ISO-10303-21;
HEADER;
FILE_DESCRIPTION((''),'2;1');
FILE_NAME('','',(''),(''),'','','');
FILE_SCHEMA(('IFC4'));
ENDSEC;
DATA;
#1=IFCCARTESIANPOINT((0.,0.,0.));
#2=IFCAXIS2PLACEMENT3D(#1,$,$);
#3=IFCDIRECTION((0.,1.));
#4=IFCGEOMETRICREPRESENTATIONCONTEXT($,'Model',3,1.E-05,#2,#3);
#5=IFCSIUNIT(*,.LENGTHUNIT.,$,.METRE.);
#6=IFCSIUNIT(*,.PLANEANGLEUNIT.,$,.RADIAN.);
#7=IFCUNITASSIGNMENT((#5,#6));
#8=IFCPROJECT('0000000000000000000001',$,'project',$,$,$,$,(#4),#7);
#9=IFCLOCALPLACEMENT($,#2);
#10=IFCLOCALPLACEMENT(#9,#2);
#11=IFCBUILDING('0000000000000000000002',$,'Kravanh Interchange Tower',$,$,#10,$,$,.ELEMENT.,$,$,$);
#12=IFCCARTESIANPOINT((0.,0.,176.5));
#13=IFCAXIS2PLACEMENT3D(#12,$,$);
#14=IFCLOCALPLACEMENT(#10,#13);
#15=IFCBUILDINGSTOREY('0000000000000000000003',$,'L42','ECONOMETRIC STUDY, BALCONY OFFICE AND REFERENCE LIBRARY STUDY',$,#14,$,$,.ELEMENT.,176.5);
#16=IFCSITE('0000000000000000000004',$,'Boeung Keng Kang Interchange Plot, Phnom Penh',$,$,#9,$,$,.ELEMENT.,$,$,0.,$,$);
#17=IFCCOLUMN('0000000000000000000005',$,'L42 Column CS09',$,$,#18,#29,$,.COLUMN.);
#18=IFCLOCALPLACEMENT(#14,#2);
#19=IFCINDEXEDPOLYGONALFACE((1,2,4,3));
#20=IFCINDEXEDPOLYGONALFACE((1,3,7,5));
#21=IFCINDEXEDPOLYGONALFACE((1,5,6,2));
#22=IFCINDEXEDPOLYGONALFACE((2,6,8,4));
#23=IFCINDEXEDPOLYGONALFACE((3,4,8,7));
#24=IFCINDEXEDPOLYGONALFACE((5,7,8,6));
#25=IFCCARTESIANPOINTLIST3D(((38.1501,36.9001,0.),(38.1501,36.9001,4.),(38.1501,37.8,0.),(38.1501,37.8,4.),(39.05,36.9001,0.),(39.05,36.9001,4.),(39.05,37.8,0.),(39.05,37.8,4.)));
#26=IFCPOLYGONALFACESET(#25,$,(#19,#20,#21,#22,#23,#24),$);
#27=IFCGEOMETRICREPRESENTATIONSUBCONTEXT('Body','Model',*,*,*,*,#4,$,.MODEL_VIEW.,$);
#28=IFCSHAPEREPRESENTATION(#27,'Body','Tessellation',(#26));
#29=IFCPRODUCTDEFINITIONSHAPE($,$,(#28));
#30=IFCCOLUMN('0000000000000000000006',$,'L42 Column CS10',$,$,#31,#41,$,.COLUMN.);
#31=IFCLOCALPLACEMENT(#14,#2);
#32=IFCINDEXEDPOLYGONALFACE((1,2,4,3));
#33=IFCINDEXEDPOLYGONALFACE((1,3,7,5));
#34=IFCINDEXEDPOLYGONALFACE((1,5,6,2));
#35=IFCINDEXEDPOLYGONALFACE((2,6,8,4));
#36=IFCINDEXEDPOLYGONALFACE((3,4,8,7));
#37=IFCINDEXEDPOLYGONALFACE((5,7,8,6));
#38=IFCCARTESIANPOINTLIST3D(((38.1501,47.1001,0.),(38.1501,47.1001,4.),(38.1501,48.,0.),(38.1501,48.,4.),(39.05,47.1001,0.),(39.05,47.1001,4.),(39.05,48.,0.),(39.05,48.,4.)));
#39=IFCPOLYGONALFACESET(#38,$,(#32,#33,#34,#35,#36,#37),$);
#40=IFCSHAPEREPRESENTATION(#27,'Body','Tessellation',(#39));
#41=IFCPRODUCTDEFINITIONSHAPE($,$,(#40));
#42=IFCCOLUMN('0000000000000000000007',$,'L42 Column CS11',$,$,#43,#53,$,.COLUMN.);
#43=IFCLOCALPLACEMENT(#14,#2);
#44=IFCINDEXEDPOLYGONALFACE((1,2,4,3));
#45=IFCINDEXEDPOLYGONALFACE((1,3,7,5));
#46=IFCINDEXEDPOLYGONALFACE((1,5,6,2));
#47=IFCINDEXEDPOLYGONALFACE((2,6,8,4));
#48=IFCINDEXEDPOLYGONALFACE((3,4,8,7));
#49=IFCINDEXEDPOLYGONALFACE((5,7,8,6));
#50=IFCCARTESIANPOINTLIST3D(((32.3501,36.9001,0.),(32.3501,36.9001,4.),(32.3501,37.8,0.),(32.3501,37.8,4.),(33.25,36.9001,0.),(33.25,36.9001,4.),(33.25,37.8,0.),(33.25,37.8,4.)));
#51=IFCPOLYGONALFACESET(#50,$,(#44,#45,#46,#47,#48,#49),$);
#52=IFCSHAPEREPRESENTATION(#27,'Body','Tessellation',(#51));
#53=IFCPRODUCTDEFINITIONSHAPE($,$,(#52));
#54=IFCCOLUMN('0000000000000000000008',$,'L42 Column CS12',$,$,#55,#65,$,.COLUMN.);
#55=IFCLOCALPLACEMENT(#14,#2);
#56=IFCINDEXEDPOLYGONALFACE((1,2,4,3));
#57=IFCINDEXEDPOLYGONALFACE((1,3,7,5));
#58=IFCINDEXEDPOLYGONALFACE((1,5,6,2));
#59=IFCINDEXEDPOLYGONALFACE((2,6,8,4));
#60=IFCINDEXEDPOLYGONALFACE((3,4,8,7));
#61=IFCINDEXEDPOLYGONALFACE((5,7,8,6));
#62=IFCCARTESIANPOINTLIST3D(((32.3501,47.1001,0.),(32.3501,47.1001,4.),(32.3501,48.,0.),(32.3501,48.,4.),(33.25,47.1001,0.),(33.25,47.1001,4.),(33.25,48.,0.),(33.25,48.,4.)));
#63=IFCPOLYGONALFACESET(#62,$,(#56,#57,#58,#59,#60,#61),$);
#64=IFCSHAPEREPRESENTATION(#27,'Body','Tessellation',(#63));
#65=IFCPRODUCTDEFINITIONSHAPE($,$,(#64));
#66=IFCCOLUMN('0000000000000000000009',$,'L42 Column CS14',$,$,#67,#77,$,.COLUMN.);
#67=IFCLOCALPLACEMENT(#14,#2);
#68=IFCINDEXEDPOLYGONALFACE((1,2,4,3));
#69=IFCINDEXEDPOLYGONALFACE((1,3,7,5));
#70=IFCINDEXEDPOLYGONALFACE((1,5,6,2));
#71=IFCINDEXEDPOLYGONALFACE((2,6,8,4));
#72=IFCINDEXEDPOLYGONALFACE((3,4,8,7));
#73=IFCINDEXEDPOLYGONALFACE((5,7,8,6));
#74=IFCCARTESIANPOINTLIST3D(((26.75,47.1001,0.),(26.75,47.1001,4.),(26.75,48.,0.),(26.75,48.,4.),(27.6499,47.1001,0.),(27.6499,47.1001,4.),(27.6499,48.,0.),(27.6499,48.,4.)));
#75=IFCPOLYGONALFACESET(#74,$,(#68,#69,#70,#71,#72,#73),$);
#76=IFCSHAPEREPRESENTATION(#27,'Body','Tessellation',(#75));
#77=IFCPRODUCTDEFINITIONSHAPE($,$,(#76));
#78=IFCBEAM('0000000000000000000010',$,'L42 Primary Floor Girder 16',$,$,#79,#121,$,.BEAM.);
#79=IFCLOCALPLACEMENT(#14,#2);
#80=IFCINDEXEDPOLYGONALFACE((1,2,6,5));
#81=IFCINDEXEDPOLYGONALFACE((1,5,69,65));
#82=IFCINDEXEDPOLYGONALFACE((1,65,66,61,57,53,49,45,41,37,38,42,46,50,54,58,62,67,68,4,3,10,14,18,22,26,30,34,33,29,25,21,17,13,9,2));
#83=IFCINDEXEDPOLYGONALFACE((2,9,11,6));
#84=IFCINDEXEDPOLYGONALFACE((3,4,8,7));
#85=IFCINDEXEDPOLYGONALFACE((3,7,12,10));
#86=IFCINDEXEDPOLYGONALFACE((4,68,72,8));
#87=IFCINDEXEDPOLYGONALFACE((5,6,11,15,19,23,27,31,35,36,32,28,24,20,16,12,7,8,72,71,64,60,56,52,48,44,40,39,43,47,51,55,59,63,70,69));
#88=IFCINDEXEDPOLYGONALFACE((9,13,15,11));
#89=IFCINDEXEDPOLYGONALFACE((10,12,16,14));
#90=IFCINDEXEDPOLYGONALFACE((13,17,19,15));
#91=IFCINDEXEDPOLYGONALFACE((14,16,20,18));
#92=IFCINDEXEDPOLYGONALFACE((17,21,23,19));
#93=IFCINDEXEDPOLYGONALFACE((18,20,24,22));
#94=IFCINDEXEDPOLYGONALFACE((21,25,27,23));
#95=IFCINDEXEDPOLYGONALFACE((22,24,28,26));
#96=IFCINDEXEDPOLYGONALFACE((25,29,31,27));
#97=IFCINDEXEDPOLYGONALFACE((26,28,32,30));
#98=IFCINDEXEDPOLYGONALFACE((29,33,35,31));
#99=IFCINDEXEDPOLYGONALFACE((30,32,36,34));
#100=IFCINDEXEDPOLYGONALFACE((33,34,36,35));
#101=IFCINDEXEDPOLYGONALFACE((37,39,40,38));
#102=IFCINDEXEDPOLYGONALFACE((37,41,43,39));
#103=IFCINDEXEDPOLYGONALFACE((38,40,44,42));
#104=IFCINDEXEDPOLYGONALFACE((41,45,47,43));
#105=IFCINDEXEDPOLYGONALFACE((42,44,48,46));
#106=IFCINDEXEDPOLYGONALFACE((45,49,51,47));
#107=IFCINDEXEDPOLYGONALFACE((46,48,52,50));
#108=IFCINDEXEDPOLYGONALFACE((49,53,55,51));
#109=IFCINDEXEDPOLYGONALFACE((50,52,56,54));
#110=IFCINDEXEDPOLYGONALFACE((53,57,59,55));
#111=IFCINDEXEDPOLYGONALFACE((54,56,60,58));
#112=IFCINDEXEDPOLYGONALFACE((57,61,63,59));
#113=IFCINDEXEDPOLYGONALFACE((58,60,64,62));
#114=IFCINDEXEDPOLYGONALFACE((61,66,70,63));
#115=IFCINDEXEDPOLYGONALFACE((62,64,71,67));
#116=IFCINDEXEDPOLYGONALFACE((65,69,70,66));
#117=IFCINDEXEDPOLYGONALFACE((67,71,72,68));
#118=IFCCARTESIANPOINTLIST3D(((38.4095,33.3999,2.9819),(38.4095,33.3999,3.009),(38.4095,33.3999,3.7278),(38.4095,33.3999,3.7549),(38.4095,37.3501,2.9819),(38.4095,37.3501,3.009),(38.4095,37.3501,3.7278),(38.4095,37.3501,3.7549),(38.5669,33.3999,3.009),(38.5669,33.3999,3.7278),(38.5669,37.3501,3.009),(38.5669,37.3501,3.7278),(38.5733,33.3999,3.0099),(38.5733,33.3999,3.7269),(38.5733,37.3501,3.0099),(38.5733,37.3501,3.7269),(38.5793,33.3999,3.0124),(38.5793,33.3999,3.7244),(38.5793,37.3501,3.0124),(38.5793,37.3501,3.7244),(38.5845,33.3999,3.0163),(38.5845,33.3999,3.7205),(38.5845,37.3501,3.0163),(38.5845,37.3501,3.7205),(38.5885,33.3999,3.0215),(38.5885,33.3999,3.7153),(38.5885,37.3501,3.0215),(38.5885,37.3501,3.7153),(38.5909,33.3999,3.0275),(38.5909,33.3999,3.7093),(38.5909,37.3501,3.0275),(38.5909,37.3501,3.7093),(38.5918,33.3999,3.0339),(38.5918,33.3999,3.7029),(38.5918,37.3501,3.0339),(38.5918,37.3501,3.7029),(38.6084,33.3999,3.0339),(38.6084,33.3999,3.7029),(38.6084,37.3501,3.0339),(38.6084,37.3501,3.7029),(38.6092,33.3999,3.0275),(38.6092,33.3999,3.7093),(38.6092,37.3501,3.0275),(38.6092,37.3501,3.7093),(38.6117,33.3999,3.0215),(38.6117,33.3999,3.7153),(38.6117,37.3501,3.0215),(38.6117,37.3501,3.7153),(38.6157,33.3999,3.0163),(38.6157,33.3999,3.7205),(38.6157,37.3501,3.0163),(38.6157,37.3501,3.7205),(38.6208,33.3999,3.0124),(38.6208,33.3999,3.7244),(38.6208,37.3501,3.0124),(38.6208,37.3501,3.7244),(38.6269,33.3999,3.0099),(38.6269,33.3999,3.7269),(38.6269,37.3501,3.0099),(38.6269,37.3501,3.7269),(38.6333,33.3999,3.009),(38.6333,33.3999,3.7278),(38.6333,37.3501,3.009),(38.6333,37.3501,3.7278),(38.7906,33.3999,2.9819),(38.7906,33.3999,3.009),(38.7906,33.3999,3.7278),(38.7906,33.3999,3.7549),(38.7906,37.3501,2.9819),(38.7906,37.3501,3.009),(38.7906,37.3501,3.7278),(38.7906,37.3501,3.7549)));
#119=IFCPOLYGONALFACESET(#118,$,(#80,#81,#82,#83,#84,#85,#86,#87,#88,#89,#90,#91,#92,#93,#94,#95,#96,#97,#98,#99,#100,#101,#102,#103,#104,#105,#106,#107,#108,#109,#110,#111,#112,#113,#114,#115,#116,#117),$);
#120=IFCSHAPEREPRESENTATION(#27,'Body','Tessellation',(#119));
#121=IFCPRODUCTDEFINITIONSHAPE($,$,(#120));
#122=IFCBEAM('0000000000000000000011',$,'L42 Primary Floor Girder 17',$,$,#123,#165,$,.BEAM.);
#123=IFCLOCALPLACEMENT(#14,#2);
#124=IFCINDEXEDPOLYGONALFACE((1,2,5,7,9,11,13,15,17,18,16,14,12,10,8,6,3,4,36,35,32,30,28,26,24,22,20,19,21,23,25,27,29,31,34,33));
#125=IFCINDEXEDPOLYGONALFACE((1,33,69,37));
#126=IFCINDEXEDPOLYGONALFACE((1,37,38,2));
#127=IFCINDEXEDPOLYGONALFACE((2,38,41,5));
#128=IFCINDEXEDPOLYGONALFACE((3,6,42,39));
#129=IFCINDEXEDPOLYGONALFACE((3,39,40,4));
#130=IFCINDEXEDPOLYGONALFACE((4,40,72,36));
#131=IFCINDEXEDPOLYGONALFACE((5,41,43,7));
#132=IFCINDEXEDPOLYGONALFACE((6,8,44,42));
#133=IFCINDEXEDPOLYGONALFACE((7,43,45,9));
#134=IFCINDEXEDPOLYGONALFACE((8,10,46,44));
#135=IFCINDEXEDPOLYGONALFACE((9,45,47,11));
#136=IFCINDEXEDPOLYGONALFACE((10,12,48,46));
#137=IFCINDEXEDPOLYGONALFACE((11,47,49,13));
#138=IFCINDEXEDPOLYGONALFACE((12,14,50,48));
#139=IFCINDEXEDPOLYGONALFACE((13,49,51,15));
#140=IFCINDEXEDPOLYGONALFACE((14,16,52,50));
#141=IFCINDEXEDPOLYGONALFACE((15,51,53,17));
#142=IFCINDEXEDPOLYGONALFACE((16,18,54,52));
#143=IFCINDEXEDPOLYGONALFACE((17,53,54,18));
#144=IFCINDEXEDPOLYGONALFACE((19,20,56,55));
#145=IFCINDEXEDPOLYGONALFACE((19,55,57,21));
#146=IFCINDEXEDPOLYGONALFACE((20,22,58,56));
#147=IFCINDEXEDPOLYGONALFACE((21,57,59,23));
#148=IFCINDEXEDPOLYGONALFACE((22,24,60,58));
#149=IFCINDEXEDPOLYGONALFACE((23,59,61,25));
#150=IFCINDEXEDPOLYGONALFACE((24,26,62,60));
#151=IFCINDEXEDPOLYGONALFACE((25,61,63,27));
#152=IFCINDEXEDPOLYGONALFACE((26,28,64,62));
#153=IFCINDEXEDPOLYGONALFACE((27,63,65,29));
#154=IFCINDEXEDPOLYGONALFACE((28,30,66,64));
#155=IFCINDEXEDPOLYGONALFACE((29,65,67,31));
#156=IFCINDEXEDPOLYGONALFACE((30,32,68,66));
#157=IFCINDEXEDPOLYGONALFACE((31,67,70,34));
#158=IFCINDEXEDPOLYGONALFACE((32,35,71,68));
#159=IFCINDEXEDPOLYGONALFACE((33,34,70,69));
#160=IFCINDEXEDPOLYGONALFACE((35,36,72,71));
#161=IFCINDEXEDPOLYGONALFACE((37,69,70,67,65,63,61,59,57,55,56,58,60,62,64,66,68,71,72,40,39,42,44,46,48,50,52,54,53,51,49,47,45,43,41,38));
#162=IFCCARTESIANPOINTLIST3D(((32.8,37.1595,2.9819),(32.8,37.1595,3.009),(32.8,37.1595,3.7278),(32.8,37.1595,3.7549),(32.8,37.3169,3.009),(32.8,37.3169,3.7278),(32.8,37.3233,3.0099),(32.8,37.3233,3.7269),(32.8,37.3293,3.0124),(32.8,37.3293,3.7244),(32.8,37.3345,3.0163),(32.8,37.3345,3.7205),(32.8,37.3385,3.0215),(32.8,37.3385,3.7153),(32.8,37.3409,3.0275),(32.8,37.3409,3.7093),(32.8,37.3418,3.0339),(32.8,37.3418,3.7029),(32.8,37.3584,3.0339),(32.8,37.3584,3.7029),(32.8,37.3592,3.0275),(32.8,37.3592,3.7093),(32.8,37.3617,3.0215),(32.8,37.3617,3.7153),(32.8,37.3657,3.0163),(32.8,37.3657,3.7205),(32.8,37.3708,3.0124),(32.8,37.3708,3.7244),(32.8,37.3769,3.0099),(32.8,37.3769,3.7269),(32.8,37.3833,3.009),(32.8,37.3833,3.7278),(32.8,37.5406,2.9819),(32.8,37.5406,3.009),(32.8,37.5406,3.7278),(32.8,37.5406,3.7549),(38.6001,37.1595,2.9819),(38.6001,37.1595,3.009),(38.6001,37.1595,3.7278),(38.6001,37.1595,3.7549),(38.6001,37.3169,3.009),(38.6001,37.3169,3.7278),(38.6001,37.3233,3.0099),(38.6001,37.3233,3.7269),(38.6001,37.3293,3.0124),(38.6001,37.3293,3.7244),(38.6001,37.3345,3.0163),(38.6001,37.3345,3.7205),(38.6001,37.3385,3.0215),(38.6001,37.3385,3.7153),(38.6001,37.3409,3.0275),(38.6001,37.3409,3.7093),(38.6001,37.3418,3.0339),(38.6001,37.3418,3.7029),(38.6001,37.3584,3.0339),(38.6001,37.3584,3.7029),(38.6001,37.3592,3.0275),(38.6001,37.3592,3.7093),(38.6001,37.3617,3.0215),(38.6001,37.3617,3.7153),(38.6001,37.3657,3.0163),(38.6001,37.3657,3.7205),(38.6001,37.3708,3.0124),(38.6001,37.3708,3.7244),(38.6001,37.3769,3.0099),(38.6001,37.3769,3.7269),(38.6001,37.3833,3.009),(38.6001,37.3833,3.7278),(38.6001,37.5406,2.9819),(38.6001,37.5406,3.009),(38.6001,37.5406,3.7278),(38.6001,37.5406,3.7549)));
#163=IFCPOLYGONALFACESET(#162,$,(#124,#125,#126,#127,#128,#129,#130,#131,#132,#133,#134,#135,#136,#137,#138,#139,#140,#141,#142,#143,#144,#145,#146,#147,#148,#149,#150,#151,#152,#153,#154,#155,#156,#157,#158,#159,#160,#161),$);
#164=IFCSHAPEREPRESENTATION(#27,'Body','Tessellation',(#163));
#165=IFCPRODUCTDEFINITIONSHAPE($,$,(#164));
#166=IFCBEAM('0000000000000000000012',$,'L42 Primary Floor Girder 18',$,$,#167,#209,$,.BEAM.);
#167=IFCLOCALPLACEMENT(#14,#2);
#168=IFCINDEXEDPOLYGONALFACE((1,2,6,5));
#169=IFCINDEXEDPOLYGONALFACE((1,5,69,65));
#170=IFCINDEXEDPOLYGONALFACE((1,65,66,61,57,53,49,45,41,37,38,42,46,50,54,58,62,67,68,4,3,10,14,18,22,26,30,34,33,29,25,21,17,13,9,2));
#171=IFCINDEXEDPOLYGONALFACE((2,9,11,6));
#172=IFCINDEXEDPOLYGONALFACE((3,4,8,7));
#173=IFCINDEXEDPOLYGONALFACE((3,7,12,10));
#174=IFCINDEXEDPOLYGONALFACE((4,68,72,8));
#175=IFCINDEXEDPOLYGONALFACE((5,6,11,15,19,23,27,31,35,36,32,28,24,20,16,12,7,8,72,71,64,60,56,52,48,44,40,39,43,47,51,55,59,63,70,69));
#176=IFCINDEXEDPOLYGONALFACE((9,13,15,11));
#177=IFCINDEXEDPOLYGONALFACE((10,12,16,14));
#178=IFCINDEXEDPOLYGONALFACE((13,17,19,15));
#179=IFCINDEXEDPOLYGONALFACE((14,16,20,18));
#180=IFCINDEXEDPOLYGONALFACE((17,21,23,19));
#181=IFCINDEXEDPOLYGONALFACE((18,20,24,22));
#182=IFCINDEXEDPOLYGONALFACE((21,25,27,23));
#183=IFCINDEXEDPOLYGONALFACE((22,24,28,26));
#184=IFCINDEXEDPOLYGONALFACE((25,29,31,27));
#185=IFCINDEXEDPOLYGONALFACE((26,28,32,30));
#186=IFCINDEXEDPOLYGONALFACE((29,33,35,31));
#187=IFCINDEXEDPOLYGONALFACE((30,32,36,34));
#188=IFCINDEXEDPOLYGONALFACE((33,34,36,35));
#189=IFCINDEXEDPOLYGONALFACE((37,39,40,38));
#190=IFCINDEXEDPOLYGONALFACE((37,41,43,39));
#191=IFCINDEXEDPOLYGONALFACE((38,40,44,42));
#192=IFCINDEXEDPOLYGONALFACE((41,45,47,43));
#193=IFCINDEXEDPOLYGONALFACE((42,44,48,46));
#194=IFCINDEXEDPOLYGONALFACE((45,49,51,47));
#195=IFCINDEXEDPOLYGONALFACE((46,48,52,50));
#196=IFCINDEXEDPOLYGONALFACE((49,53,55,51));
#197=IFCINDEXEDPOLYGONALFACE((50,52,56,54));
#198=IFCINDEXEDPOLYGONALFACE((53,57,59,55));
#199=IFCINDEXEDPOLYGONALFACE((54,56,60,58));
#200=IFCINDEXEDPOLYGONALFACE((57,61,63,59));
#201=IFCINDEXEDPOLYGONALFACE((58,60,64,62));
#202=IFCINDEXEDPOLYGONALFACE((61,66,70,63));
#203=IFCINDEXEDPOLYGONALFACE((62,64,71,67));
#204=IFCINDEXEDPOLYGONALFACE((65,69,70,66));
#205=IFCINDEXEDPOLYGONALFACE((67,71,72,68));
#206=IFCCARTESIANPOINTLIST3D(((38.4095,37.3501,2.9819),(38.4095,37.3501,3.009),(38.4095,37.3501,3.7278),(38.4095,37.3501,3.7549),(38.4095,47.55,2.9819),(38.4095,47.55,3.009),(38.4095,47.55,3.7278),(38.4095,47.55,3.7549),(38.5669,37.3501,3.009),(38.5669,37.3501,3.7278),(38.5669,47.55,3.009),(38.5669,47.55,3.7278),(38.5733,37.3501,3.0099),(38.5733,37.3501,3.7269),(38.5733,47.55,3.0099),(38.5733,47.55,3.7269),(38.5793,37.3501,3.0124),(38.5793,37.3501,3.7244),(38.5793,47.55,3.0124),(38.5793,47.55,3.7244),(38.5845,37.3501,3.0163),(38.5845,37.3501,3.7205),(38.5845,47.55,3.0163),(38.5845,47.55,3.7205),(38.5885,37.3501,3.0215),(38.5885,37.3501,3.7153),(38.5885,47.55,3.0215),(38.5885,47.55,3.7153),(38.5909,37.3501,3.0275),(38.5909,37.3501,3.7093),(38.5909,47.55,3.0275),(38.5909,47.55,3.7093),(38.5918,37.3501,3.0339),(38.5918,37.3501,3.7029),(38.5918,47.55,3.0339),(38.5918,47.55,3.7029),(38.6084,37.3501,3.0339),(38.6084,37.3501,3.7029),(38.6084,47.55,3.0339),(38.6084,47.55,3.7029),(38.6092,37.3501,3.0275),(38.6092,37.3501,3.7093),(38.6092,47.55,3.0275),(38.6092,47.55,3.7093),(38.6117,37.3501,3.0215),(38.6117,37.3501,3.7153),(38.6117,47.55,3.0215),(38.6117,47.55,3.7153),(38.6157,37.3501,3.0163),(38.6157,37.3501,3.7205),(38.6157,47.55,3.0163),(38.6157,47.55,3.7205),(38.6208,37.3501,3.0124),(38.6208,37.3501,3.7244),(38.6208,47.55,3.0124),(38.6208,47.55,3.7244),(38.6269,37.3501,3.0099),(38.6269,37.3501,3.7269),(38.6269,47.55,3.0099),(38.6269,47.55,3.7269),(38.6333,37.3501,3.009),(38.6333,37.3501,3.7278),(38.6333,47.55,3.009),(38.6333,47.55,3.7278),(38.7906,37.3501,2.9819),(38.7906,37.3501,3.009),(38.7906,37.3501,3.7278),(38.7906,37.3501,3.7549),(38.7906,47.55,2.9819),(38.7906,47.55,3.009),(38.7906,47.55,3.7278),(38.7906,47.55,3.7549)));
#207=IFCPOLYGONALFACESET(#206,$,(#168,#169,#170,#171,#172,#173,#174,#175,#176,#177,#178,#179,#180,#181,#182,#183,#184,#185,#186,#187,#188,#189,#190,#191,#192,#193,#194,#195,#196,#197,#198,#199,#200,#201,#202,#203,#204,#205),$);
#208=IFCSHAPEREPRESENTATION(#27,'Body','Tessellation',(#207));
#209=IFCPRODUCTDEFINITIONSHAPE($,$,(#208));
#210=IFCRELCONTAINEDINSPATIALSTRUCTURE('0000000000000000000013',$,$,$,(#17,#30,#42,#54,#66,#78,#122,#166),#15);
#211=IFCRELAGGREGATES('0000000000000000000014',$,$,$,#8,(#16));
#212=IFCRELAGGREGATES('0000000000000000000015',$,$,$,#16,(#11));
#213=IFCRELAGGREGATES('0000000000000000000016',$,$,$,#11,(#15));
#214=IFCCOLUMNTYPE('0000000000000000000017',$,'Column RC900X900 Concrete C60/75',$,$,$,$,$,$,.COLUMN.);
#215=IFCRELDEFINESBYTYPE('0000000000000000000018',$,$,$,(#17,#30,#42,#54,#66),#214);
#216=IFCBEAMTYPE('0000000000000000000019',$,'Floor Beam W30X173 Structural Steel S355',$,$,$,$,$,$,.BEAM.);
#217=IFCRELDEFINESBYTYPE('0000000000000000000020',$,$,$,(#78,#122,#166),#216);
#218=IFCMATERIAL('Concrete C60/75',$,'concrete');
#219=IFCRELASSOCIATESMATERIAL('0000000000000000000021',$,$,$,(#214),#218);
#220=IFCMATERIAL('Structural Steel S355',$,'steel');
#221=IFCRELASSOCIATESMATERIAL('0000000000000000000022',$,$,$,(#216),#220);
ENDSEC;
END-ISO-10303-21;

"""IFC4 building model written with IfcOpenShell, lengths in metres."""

from ifc_helpers import new_model, si_unit, direction, frame, origin, origin_2d, place, context, subcontext, project, spatial, rectangle, i_section, extrude, material, material_profile, profile_set, type_object, element, save


model = new_model("IFC4")

# Units and contexts
model_context = context("Model", 3, precision=1e-05, world=origin(), true_north=direction((0.0, 1.0)))
body_context = subcontext(model_context, "Body", "Model", "MODEL_VIEW")
ifc_project = project(units=[si_unit("LENGTHUNIT", "METRE"), si_unit("PLANEANGLEUNIT", "RADIAN")], contexts=[model_context])

# Site, building, storey
site_placement = place(None, origin())
site = spatial("IfcSite", under=ifc_project, at=site_placement, Name="Boeung Keng Kang Interchange Plot, Phnom Penh", CompositionType="ELEMENT", RefElevation=0.0)
building_placement = place(site_placement, origin())
building = spatial("IfcBuilding", under=site, at=building_placement, Name="Kravanh Interchange Tower", CompositionType="ELEMENT")
storey_placement = place(building_placement, frame((0.0, 0.0, 176.5)))
storey = spatial("IfcBuildingStorey", under=building, at=storey_placement, Name="L42", Description="ECONOMETRIC STUDY, BALCONY OFFICE AND REFERENCE LIBRARY STUDY", CompositionType="ELEMENT", Elevation=176.5)

# Columns
ifc_material_1 = material(Name="Concrete C60/75", Category="concrete")
ifc_material_profile_1 = material_profile(ifc_material_1, rectangle(XDim=0.8999, YDim=0.8999, at=origin_2d()), Name="RC900X900")
ifc_profile_set_1 = profile_set([ifc_material_profile_1], Name="Concrete C60/75")
column_type = type_object("IfcColumnType", Name="Column RC900X900 Concrete C60/75", PredefinedType="COLUMN", material=ifc_profile_set_1)
for number, where, z_axis, x_axis, name in (
    (1, (38.6001, 37.3501, 0.0), (0.0, 0.0, 1.0), (1.0, 0.0, 0.0), "L42 Column CS09"),
    (2, (38.6001, 47.55, 0.0), (0.0, 0.0, 1.0), (1.0, 0.0, 0.0), "L42 Column CS10"),
    (3, (32.8, 37.3501, 0.0), (0.0, 0.0, 1.0), (1.0, 0.0, 0.0), "L42 Column CS11"),
    (4, (32.8, 47.55, 0.0), (0.0, 0.0, 1.0), (1.0, 0.0, 0.0), "L42 Column CS12"),
    (5, (27.2, 47.55, 0.0), (0.0, 0.0, 1.0), (1.0, 0.0, 0.0), "L42 Column CS14"),
):
    element("IfcColumn", number, at=place(storey_placement, frame(where, z_axis=z_axis, x_axis=x_axis)), inside=storey, type_object=column_type, Name=name, PredefinedType="COLUMN", context=body_context, shape_type="SweptSolid", body=[
        extrude(rectangle(XDim=0.8999, YDim=0.8999, at=origin_2d()), origin(), (0.0, 0.0, 1.0), 4.0),
    ])

# Beams
ifc_material_2 = material(Name="Structural Steel S355", Category="steel")
ifc_material_profile_2 = material_profile(ifc_material_2, i_section(OverallWidth=0.3811, OverallDepth=0.7729, WebThickness=0.0166, FlangeThickness=0.0271, FilletRadius=0.0249, at=origin_2d()), Name="W30X173")
ifc_profile_set_2 = profile_set([ifc_material_profile_2], Name="Structural Steel S355")
beam_type = type_object("IfcBeamType", Name="Floor Beam W30X173 Structural Steel S355", PredefinedType="BEAM", material=ifc_profile_set_2)
beam_1_placement = place(storey_placement, frame((38.6001, 37.3501, 3.3684), z_axis=(0.0, -1.0, 0.0), x_axis=(1.0, 0.0, 0.0)))
element("IfcBeam", 6, at=beam_1_placement, inside=storey, type_object=beam_type, Name="L42 Primary Floor Girder 16", PredefinedType="BEAM", context=body_context, shape_type="SweptSolid", body=[
    extrude(i_section(OverallWidth=0.3811, OverallDepth=0.7729, WebThickness=0.0166, FlangeThickness=0.0271, FilletRadius=0.0249, at=origin_2d()), origin(), (0.0, 0.0, 1.0), 3.9502),
])
beam_2_placement = place(storey_placement, frame((38.6001, 37.3501, 3.3684), z_axis=(-1.0, 0.0, 0.0), x_axis=(0.0, -1.0, 0.0)))
element("IfcBeam", 7, at=beam_2_placement, inside=storey, type_object=beam_type, Name="L42 Primary Floor Girder 17", PredefinedType="BEAM", context=body_context, shape_type="SweptSolid", body=[
    extrude(i_section(OverallWidth=0.3811, OverallDepth=0.7729, WebThickness=0.0166, FlangeThickness=0.0271, FilletRadius=0.0249, at=origin_2d()), origin(), (0.0, 0.0, 1.0), 5.8),
])
beam_3_placement = place(storey_placement, frame((38.6001, 37.3501, 3.3684), z_axis=(0.0, 1.0, 0.0), x_axis=(-1.0, 0.0, 0.0)))
element("IfcBeam", 8, at=beam_3_placement, inside=storey, type_object=beam_type, Name="L42 Primary Floor Girder 18", PredefinedType="BEAM", context=body_context, shape_type="SweptSolid", body=[
    extrude(i_section(OverallWidth=0.3811, OverallDepth=0.7729, WebThickness=0.0166, FlangeThickness=0.0271, FilletRadius=0.0249, at=origin_2d()), origin(), (0.0, 0.0, 1.0), 10.2),
])

save(model, "model.ifc")
